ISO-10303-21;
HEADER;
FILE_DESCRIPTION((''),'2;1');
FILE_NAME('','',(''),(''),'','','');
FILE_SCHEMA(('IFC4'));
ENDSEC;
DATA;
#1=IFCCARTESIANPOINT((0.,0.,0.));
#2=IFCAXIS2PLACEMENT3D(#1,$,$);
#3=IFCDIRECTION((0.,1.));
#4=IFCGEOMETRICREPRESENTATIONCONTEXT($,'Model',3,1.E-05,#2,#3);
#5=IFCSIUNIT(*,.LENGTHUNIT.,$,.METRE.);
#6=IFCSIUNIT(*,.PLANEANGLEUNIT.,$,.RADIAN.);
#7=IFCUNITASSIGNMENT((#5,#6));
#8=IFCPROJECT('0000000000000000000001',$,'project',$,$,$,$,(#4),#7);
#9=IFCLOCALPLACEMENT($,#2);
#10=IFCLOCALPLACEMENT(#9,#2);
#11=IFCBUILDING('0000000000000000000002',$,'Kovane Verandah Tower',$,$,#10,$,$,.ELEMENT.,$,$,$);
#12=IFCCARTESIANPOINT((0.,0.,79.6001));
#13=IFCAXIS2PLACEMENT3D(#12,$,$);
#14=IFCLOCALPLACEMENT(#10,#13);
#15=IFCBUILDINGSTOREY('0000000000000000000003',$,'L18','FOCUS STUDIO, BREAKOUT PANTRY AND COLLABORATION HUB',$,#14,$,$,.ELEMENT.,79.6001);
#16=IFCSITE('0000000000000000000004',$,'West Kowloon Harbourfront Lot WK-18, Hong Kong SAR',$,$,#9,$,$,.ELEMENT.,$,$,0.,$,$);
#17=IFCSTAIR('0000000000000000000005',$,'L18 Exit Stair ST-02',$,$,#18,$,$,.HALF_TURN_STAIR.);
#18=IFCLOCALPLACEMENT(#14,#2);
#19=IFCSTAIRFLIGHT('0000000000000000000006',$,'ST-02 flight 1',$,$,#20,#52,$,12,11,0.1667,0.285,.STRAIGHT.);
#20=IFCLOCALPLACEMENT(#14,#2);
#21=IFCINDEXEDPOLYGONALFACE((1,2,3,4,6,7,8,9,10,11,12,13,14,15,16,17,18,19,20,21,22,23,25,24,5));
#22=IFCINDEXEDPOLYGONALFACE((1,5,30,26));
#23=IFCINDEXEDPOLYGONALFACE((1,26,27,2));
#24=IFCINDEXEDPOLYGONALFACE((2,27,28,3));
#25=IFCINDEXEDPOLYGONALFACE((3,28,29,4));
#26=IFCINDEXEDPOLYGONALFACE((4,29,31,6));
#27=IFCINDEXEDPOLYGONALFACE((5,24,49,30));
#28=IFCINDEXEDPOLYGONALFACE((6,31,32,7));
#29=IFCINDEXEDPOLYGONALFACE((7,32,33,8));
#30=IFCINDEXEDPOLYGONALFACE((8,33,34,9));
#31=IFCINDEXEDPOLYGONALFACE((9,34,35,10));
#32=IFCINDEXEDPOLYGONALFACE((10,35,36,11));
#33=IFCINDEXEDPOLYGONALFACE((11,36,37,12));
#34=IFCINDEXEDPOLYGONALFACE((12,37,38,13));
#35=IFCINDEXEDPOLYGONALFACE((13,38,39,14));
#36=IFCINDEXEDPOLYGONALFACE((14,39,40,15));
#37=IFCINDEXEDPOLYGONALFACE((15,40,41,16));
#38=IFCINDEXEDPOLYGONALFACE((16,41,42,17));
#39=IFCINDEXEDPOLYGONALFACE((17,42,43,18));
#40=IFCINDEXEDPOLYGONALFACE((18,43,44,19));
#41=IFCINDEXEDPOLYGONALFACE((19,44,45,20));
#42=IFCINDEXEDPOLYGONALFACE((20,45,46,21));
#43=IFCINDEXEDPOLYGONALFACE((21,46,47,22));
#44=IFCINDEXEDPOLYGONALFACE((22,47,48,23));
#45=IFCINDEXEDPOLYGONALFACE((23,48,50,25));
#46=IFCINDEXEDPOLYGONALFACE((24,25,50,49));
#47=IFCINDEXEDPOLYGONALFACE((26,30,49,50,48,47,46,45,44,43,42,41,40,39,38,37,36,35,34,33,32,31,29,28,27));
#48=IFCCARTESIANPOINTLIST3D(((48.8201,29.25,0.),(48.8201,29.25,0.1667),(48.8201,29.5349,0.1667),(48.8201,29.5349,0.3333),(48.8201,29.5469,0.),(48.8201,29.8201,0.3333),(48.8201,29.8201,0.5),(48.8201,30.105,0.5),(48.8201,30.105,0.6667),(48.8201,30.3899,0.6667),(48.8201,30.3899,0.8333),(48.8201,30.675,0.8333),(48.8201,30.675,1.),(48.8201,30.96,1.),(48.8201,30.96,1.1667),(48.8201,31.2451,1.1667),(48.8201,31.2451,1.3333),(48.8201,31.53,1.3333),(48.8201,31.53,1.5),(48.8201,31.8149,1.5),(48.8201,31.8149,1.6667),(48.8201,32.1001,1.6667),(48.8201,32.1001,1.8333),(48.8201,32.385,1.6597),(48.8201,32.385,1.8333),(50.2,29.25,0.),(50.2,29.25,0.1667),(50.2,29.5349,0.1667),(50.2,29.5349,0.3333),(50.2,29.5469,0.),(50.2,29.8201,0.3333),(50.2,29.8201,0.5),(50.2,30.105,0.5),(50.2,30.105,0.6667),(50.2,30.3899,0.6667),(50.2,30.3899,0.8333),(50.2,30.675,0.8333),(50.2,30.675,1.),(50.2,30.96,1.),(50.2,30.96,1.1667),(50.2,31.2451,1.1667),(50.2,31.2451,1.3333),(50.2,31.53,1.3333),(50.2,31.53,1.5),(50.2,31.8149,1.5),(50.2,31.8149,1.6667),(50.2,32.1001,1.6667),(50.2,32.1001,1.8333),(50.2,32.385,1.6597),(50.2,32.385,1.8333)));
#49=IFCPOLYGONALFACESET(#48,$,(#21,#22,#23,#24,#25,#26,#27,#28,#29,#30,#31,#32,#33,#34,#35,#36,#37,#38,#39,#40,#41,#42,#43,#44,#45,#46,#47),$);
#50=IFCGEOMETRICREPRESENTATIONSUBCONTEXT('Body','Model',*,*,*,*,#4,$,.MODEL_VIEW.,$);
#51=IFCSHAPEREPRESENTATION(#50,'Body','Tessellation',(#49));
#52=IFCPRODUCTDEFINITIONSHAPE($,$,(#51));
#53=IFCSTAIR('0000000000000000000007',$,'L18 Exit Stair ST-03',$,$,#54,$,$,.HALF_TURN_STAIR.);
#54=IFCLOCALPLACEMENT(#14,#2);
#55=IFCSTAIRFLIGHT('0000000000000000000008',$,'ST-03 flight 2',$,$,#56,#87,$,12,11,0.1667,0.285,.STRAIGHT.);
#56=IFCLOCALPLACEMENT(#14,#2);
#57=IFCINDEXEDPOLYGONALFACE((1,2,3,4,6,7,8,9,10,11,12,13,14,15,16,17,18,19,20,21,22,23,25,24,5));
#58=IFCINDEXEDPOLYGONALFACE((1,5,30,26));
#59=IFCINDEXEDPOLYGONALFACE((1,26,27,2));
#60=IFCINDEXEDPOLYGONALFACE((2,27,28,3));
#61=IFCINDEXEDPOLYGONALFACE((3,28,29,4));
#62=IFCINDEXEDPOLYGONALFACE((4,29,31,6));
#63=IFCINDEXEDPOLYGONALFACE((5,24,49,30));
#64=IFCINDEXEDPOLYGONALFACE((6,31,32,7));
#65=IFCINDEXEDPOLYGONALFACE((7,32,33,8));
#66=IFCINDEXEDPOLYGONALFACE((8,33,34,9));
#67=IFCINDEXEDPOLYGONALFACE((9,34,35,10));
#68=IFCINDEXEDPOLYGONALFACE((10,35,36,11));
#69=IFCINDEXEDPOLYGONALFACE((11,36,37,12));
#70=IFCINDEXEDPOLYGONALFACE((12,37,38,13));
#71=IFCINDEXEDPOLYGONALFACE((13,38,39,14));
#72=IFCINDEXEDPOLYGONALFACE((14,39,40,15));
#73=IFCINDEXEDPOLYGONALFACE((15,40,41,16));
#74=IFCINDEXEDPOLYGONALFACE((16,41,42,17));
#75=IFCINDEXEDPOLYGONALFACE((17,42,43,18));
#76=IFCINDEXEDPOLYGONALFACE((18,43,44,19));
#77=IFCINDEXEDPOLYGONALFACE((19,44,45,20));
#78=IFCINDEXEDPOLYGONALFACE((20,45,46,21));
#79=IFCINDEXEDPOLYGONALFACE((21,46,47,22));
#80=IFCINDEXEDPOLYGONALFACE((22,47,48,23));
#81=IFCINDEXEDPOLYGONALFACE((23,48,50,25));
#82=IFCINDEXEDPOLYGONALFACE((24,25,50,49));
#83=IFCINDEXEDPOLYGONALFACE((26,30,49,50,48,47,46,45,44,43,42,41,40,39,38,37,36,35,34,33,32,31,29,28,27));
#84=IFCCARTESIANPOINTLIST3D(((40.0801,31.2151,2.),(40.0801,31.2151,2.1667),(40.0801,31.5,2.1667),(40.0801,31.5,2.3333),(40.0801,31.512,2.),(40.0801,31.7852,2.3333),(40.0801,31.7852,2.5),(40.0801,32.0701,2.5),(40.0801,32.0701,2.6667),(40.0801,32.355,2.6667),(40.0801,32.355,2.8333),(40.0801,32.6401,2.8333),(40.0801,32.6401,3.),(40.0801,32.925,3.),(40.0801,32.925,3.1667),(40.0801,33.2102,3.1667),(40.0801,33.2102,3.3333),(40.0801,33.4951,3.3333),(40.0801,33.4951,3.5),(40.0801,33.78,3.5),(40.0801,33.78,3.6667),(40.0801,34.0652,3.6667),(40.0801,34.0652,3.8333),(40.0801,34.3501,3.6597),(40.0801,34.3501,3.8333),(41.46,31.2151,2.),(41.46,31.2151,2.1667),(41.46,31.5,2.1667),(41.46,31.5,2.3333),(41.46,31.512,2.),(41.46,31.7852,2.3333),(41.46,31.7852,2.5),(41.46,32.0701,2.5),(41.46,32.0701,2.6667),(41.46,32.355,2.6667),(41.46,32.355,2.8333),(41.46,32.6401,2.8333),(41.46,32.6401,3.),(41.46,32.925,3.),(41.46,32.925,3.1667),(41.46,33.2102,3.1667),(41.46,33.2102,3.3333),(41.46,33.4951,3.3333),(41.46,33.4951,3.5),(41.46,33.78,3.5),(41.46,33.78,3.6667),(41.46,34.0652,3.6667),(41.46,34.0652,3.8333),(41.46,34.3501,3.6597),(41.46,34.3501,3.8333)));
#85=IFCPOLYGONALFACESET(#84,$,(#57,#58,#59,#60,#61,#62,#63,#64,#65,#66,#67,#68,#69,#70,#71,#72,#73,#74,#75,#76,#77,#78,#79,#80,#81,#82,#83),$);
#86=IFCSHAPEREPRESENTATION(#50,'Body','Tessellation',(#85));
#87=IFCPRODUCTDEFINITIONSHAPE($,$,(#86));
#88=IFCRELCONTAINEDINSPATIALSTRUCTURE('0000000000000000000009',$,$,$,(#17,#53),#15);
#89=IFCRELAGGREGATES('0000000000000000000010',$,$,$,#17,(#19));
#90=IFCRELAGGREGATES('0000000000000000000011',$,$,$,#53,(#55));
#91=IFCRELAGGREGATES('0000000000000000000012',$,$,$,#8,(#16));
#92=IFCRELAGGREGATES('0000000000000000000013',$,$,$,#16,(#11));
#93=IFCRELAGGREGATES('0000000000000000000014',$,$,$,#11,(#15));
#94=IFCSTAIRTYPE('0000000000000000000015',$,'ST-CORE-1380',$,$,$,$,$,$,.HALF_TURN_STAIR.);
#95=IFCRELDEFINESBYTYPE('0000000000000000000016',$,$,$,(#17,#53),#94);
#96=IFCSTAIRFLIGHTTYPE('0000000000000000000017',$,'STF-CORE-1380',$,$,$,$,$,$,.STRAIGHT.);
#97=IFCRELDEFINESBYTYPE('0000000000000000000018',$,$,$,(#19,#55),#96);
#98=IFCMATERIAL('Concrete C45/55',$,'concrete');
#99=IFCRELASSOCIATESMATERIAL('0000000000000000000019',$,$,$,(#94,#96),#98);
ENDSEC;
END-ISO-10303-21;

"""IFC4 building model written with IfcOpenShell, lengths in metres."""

from ifc_helpers import new_model, si_unit, direction, frame, origin, place, context, subcontext, project, spatial, polyline, outline, extrude, material, type_object, element, aggregate, save


model = new_model("IFC4")

# Units and contexts
model_context = context("Model", 3, precision=1e-05, world=origin(), true_north=direction((0.0, 1.0)))
body_context = subcontext(model_context, "Body", "Model", "MODEL_VIEW")
ifc_project = project(units=[si_unit("LENGTHUNIT", "METRE"), si_unit("PLANEANGLEUNIT", "RADIAN")], contexts=[model_context])

# Site, building, storey
site_placement = place(None, origin())
site = spatial("IfcSite", under=ifc_project, at=site_placement, Name="West Kowloon Harbourfront Lot WK-18, Hong Kong SAR", CompositionType="ELEMENT", RefElevation=0.0)
building_placement = place(site_placement, origin())
building = spatial("IfcBuilding", under=site, at=building_placement, Name="Kovane Verandah Tower", CompositionType="ELEMENT")
storey_placement = place(building_placement, frame((0.0, 0.0, 79.6001)))
storey = spatial("IfcBuildingStorey", under=building, at=storey_placement, Name="L18", Description="FOCUS STUDIO, BREAKOUT PANTRY AND COLLABORATION HUB", CompositionType="ELEMENT", Elevation=79.6001)

# Shared definitions
ifc_material_1 = material(Name="Concrete C45/55", Category="concrete")

# Stairs, stair flights
stair_type = type_object("IfcStairType", Name="ST-CORE-1380", PredefinedType="HALF_TURN_STAIR", material=ifc_material_1)
stair_1_placement = place(storey_placement, origin())
stair_1 = element("IfcStair", 1, at=stair_1_placement, inside=storey, type_object=stair_type, Name="L18 Exit Stair ST-02", PredefinedType="HALF_TURN_STAIR")
stair_flight_type = type_object("IfcStairFlightType", Name="STF-CORE-1380", PredefinedType="STRAIGHT", material=ifc_material_1)
stair_flight_1_placement = place(storey_placement, frame((49.51, 29.25, 0.0), z_axis=(0.0, 0.0, 1.0), x_axis=(0.0, 1.0, 0.0)))
stair_flight_1 = element("IfcStairFlight", 2, at=stair_flight_1_placement, type_object=stair_flight_type, Name="ST-02 flight 1", NumberOfRisers=12, NumberOfTreads=11, PredefinedType="STRAIGHT", RiserHeight=0.1667, TreadLength=0.285, context=body_context, shape_type="SweptSolid", body=[
    extrude(outline(polyline([(0.0, 0.0), (0.0, 0.1667), (0.2849, 0.1667), (0.2849, 0.3333), (0.5701, 0.3333), (0.5701, 0.5), (0.855, 0.5), (0.855, 0.6667), (1.1399, 0.6667), (1.1399, 0.8333), (1.425, 0.8333), (1.425, 1.0), (1.71, 1.0), (1.71, 1.1667), (1.9951, 1.1667), (1.9951, 1.3333), (2.28, 1.3333), (2.28, 1.5), (2.5649, 1.5), (2.5649, 1.6667), (2.8501, 1.6667), (2.8501, 1.8333), (3.135, 1.8333), (3.135, 2.0), (3.135, 1.6597), (0.2969, 0.0), (0.0, 0.0)])), frame((0.0, 0.6899, 0.0), z_axis=(0.0, -1.0, 0.0), x_axis=(1.0, 0.0, 0.0)), (0.0, 0.0, 1.0), 1.3799),
])
aggregate(stair_1, [stair_flight_1])
stair_2_placement = place(storey_placement, origin())
stair_2 = element("IfcStair", 3, at=stair_2_placement, inside=storey, type_object=stair_type, Name="L18 Exit Stair ST-03", PredefinedType="HALF_TURN_STAIR")
stair_flight_2_placement = place(storey_placement, frame((40.77, 31.2151, 2.0), z_axis=(0.0, 0.0, 1.0), x_axis=(0.0, 1.0, 0.0)))
stair_flight_2 = element("IfcStairFlight", 4, at=stair_flight_2_placement, type_object=stair_flight_type, Name="ST-03 flight 2", NumberOfRisers=12, NumberOfTreads=11, PredefinedType="STRAIGHT", RiserHeight=0.1667, TreadLength=0.285, context=body_context, shape_type="SweptSolid", body=[
    extrude(outline(polyline([(0.0, 0.0), (0.0, 0.1667), (0.2849, 0.1667), (0.2849, 0.3333), (0.5701, 0.3333), (0.5701, 0.5), (0.855, 0.5), (0.855, 0.6667), (1.1399, 0.6667), (1.1399, 0.8333), (1.425, 0.8333), (1.425, 1.0), (1.71, 1.0), (1.71, 1.1667), (1.9951, 1.1667), (1.9951, 1.3333), (2.28, 1.3333), (2.28, 1.5), (2.5649, 1.5), (2.5649, 1.6667), (2.8501, 1.6667), (2.8501, 1.8333), (3.135, 1.8333), (3.135, 2.0), (3.135, 1.6597), (0.2969, 0.0), (0.0, 0.0)])), frame((0.0, 0.6899, 0.0), z_axis=(0.0, -1.0, 0.0), x_axis=(1.0, 0.0, 0.0)), (0.0, 0.0, 1.0), 1.3799),
])
aggregate(stair_2, [stair_flight_2])

save(model, "model.ifc")
